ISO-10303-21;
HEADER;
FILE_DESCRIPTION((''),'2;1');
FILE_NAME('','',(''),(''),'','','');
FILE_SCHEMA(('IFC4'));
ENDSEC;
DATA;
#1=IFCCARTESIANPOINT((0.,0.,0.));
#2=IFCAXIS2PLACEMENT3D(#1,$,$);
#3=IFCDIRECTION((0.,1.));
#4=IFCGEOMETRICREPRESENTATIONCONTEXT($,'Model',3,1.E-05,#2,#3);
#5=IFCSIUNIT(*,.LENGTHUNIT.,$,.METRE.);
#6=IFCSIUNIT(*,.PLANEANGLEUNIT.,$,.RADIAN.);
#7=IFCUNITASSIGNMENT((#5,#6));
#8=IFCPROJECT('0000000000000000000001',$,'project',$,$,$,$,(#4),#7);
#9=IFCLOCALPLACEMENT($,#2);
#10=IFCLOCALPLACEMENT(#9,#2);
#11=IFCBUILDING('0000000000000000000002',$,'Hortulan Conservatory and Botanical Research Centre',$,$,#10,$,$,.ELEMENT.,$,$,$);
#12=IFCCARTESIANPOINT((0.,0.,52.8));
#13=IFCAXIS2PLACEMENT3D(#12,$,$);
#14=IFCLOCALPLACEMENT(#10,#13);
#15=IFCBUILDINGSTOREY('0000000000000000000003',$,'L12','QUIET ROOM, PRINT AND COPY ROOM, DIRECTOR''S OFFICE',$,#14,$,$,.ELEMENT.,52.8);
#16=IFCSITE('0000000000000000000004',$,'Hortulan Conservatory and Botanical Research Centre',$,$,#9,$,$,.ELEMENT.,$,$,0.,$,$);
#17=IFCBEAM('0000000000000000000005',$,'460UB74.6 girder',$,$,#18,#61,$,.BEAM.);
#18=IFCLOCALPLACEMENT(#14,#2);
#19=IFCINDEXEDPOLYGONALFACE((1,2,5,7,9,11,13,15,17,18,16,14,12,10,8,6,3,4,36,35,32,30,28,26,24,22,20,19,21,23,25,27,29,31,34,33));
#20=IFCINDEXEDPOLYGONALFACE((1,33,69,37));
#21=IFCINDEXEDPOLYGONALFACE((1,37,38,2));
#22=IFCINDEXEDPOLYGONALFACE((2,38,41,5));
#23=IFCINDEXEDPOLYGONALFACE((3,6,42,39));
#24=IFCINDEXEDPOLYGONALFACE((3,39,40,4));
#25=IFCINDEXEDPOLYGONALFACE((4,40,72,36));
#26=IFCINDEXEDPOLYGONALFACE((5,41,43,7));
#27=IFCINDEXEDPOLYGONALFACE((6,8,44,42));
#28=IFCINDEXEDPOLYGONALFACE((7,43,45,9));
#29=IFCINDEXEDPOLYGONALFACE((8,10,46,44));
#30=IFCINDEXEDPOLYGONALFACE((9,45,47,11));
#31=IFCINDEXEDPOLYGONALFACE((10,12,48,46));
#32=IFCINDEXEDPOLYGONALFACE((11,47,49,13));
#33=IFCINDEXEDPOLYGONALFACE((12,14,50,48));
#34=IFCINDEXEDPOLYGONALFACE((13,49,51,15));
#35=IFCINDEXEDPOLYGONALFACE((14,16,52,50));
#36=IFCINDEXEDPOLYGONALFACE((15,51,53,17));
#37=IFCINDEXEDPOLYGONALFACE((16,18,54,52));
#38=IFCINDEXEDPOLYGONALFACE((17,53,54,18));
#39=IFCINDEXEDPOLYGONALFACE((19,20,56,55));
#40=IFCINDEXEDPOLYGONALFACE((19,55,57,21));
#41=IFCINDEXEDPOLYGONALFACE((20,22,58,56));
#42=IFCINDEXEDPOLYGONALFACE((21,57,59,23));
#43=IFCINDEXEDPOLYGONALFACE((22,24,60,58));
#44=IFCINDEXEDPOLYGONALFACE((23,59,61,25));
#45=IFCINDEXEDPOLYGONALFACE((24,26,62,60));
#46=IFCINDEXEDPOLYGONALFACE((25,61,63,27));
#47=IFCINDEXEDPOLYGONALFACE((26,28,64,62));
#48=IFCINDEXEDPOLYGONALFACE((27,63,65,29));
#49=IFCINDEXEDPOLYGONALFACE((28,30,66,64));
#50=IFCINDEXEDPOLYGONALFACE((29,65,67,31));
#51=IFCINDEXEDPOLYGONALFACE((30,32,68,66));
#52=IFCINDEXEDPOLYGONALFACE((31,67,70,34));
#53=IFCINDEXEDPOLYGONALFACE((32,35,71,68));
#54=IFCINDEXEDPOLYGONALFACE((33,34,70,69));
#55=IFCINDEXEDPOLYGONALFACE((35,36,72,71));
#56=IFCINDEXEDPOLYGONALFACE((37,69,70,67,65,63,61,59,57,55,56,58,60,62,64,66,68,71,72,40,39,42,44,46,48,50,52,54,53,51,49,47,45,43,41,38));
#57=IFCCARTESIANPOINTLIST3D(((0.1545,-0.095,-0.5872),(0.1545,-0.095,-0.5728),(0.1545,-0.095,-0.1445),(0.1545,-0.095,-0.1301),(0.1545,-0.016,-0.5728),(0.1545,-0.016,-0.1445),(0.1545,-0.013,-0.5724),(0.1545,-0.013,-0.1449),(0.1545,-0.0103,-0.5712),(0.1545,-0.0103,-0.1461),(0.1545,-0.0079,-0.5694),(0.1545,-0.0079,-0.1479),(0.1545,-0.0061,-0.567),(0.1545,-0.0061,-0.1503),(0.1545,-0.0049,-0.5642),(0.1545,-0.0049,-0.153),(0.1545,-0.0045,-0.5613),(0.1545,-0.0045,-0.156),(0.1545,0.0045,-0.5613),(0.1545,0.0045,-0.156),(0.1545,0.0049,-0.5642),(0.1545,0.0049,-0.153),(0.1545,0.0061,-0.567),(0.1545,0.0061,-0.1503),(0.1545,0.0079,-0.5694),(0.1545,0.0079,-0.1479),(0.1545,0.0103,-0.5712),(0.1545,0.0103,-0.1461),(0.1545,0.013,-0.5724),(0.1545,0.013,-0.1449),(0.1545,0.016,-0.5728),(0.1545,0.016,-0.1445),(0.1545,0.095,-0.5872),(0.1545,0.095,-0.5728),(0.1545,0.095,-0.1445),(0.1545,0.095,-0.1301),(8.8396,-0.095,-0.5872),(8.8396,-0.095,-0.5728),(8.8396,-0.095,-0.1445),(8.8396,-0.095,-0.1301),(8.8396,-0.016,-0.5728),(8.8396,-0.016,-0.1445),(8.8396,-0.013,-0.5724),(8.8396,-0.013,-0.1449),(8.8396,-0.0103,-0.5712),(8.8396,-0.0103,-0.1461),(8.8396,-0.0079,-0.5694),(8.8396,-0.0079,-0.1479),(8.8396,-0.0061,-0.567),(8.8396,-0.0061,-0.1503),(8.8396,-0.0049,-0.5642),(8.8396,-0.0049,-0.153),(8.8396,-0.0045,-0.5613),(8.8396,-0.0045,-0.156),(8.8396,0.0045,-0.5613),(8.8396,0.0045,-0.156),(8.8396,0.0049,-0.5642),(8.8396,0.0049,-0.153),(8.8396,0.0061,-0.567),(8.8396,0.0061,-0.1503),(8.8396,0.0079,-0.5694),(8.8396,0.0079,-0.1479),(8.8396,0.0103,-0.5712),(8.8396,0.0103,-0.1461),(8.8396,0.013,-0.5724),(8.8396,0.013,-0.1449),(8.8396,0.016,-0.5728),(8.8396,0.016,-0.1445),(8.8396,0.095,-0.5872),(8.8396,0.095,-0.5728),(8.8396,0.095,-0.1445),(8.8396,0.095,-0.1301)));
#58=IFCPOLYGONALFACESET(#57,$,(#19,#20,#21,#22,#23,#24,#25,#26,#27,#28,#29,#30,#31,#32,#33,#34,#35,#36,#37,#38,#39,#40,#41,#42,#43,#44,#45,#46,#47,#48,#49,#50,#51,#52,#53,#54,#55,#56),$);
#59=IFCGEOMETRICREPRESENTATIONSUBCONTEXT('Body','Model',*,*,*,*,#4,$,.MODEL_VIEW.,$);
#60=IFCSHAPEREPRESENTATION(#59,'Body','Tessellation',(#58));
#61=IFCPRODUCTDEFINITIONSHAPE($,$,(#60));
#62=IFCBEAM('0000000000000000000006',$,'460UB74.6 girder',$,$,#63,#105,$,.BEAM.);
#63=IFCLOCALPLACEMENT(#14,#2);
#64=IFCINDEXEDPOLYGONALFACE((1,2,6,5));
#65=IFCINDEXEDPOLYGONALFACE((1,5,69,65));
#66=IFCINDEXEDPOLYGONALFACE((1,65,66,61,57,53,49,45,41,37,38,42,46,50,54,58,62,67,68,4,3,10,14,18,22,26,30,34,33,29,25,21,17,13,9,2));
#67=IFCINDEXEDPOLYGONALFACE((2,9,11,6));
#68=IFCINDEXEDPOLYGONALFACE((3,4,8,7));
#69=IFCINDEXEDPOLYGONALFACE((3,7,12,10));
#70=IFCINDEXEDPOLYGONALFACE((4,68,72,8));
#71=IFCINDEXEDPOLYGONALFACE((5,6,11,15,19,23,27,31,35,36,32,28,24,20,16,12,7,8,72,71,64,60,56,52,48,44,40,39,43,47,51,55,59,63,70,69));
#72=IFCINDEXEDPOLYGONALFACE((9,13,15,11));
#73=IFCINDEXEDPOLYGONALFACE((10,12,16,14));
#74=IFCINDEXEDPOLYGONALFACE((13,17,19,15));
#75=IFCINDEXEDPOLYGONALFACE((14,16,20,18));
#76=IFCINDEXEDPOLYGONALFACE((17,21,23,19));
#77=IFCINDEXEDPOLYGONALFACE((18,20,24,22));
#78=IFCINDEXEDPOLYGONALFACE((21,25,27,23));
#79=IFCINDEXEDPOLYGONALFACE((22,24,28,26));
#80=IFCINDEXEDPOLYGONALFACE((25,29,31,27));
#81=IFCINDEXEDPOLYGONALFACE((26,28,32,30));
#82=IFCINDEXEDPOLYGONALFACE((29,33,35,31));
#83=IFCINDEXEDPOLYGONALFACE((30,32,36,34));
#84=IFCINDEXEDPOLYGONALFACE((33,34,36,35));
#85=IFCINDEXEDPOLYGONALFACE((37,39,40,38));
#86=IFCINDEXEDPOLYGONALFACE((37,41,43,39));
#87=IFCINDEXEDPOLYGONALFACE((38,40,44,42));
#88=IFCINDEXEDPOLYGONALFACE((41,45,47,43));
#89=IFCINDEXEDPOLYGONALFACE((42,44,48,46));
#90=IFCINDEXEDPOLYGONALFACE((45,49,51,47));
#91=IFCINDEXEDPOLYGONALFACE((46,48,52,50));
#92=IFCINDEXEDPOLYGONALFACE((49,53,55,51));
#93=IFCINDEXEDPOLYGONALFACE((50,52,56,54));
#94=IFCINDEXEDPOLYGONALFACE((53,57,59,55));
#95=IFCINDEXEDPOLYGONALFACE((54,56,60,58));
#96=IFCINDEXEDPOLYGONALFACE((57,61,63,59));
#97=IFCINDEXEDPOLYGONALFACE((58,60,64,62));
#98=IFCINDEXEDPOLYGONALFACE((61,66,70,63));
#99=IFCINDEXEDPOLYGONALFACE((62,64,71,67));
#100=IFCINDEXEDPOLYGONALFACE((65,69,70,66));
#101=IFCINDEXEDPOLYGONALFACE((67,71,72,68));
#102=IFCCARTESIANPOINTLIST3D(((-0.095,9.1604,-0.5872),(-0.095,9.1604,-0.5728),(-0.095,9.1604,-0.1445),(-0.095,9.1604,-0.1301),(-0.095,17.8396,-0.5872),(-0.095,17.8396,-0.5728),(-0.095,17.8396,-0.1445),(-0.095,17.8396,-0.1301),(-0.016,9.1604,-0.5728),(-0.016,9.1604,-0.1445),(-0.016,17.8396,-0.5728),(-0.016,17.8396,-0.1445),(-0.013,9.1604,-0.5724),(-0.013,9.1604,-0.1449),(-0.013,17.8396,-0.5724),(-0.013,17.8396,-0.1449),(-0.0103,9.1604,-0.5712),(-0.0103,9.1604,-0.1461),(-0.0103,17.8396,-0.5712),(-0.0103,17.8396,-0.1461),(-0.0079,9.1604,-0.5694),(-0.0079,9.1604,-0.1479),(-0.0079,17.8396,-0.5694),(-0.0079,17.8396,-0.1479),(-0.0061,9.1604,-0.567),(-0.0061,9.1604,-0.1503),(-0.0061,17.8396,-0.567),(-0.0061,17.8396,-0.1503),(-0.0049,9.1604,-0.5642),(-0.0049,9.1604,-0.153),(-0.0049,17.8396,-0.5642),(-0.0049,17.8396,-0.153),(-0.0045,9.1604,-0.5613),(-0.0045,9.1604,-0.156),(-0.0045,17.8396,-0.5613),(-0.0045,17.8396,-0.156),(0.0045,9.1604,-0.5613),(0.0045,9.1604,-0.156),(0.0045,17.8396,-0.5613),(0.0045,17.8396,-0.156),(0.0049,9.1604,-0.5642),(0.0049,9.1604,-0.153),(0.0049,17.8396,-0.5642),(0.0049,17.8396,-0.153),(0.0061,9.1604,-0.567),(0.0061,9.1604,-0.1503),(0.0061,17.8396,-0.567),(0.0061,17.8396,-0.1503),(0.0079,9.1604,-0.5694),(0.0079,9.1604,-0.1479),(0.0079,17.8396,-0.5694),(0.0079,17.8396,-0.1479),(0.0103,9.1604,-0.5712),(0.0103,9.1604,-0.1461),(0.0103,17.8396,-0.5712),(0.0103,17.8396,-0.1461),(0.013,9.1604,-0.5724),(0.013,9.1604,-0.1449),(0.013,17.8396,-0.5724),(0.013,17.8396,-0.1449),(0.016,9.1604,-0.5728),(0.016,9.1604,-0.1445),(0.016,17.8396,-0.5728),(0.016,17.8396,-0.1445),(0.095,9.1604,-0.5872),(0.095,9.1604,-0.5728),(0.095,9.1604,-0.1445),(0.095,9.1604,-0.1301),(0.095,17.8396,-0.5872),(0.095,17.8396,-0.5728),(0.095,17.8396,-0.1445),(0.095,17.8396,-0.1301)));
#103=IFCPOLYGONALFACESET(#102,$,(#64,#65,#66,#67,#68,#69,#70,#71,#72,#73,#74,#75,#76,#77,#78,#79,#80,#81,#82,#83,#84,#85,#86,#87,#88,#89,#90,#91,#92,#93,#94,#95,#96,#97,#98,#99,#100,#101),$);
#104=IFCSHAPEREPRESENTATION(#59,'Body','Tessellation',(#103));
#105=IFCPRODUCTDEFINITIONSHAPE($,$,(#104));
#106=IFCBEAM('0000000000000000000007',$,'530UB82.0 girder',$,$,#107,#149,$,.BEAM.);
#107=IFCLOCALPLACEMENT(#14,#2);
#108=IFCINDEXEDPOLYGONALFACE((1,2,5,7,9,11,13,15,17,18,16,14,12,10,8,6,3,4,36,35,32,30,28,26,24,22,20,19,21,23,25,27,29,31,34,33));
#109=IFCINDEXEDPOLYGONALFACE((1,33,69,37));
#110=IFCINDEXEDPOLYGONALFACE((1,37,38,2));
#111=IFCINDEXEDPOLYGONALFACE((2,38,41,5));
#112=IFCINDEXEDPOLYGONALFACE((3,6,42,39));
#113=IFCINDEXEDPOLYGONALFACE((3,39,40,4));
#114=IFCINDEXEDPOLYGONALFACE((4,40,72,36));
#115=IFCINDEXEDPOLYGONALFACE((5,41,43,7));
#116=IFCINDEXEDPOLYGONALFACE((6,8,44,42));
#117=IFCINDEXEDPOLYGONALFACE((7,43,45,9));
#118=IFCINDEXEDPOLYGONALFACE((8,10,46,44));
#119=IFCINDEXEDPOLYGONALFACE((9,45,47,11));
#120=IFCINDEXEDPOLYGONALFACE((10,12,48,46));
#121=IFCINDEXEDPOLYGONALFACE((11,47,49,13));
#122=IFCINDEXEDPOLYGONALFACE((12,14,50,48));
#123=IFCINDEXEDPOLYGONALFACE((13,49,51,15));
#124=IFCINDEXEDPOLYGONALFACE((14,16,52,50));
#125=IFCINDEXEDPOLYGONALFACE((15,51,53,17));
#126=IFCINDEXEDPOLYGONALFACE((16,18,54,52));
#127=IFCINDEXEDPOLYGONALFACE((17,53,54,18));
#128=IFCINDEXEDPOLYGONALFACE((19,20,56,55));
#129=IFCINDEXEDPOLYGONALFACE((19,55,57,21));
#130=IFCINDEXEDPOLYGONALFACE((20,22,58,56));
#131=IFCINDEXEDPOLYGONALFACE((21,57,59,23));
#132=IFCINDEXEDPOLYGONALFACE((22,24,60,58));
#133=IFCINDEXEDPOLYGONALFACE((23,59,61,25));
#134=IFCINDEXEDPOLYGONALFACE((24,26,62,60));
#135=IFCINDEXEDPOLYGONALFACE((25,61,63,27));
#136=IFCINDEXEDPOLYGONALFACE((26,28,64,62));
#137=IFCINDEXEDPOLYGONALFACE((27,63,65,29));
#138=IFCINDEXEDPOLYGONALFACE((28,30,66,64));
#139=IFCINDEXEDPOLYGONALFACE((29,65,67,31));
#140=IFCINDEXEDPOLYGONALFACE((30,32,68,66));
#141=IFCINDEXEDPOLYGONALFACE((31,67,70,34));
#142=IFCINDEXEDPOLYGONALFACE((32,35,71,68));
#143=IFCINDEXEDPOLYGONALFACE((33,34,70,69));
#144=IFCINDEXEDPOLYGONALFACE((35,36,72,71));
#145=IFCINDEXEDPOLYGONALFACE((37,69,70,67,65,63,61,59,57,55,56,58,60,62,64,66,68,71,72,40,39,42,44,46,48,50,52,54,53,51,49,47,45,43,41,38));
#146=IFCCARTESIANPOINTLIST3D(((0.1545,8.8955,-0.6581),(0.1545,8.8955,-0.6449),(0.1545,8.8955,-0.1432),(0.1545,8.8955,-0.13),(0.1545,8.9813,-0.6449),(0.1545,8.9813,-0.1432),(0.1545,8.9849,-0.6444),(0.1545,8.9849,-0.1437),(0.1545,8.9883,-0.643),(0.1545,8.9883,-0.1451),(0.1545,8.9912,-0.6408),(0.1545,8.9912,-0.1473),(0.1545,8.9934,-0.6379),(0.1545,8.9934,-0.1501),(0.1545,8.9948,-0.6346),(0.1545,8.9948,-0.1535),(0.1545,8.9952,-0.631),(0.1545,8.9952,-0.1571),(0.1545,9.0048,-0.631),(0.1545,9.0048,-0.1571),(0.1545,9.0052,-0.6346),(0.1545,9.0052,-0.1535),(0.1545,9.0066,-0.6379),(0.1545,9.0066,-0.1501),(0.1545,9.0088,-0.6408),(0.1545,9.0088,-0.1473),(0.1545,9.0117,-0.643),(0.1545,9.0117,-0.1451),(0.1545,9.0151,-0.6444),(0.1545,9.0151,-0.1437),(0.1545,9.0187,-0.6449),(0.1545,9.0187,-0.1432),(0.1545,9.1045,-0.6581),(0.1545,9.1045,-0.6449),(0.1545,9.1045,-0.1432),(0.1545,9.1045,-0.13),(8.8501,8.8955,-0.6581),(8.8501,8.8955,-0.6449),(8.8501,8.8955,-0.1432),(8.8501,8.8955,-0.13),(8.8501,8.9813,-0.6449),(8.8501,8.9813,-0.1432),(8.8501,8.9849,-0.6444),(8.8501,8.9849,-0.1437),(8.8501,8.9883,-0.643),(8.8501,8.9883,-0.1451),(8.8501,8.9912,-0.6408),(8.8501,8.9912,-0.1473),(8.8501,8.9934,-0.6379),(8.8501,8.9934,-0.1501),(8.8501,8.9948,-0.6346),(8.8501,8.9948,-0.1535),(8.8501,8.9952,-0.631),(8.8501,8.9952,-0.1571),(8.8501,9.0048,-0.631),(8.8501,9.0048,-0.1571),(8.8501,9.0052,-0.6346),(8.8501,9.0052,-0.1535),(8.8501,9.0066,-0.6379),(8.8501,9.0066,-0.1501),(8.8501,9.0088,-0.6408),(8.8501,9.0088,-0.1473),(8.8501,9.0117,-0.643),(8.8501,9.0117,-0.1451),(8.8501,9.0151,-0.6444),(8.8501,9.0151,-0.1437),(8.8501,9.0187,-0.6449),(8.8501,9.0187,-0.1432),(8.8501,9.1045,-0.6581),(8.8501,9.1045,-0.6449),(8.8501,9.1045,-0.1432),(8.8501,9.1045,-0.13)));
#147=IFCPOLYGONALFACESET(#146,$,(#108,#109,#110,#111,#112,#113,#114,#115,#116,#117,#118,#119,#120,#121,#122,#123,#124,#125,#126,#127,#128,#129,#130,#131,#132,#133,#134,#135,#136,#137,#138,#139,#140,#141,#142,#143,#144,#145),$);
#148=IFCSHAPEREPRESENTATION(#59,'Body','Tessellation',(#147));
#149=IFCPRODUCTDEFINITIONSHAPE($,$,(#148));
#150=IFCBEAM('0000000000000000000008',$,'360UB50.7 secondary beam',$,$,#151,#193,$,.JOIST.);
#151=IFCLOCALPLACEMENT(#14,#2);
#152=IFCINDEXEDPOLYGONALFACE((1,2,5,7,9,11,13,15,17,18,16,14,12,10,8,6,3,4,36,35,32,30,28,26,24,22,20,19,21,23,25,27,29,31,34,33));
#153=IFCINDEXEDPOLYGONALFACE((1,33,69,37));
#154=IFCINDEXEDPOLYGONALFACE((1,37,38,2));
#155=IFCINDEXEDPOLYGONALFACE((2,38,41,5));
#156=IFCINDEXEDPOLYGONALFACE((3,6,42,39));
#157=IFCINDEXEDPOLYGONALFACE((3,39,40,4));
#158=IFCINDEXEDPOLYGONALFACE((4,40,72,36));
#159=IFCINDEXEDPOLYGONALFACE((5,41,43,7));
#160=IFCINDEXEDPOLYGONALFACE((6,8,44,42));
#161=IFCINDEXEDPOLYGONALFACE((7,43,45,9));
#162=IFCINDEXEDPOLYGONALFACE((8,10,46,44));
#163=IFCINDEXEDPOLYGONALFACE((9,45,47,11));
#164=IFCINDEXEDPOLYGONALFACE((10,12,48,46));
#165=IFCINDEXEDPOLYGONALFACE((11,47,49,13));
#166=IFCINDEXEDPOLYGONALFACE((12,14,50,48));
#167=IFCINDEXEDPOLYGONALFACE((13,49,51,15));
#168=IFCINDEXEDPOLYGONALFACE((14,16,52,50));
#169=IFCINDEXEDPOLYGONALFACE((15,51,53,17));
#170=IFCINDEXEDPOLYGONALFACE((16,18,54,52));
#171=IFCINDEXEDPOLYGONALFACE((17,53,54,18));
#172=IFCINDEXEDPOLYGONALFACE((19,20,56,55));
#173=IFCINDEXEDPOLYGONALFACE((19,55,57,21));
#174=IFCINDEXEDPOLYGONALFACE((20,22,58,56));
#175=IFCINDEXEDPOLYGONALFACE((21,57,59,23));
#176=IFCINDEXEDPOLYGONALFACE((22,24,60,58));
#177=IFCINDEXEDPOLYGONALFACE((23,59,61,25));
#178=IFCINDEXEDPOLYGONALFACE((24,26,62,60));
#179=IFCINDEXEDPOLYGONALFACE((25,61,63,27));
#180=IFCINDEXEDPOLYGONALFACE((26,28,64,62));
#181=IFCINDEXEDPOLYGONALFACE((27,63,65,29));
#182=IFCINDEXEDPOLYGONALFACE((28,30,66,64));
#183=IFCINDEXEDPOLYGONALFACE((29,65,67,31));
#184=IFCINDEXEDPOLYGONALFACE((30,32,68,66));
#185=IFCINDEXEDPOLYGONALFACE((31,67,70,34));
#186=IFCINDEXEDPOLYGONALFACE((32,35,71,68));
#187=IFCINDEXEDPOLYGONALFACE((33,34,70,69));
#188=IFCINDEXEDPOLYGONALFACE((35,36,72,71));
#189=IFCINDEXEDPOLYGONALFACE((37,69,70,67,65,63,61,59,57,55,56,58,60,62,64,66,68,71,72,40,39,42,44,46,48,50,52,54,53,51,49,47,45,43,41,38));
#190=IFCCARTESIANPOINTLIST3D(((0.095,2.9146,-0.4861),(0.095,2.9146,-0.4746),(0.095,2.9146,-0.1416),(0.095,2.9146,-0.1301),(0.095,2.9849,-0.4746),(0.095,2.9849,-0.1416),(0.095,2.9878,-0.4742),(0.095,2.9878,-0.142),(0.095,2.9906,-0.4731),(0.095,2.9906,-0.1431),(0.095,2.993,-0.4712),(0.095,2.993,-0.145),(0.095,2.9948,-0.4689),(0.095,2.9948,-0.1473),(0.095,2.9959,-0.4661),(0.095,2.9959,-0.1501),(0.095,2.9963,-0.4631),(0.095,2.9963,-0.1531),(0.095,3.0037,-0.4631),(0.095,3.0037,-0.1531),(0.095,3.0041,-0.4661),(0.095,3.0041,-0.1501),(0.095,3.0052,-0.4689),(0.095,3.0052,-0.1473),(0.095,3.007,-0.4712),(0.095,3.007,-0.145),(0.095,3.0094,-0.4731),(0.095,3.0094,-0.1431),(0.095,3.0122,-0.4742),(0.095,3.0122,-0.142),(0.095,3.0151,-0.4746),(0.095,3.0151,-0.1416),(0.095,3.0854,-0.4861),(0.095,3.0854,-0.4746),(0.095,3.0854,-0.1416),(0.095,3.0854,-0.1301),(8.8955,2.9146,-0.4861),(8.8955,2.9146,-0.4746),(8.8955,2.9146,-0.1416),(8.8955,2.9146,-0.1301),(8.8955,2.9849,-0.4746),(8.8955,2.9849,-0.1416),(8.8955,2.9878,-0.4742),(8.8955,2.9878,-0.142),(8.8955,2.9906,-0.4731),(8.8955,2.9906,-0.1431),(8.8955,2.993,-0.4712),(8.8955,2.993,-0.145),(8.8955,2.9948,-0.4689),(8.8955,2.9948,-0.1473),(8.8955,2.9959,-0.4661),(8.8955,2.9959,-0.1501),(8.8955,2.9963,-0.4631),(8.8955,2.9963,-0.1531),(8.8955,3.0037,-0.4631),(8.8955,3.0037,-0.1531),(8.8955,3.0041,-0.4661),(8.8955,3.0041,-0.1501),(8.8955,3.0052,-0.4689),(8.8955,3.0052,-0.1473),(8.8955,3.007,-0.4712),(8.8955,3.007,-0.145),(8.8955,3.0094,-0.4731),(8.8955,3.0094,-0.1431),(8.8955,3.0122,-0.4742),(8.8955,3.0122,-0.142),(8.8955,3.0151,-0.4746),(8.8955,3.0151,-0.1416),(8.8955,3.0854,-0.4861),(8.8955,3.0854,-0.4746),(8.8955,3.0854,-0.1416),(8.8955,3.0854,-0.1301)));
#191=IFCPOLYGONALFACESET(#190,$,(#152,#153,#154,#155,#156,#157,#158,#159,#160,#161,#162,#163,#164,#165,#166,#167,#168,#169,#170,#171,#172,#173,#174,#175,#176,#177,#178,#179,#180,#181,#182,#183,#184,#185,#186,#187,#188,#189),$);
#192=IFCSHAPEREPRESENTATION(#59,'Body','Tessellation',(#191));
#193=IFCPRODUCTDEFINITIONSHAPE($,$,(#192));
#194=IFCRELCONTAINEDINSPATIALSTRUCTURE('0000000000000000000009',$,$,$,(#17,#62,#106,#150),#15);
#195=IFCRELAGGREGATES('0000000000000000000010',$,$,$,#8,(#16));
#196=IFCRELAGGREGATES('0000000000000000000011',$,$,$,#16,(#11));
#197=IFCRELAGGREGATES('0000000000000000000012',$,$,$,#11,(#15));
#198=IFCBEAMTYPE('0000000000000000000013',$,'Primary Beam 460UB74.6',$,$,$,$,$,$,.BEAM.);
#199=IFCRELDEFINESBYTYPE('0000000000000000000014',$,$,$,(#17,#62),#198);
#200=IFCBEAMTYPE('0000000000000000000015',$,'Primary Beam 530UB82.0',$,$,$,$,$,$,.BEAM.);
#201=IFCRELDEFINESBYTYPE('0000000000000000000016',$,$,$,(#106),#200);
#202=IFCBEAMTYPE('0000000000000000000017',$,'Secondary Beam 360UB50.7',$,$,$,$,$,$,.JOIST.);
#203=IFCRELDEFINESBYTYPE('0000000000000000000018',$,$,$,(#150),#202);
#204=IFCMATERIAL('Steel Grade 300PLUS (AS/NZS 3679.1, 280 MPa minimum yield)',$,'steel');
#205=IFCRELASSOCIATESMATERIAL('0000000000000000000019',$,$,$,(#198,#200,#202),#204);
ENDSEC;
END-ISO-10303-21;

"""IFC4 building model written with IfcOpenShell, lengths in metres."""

from ifc_helpers import new_model, si_unit, direction, frame, origin, origin_2d, place, context, subcontext, project, spatial, i_section, extrude, material, material_profile, profile_set, type_object, element, save


model = new_model("IFC4")

# Units and contexts
model_context = context("Model", 3, precision=1e-05, world=origin(), true_north=direction((0.0, 1.0)))
body_context = subcontext(model_context, "Body", "Model", "MODEL_VIEW")
ifc_project = project(units=[si_unit("LENGTHUNIT", "METRE"), si_unit("PLANEANGLEUNIT", "RADIAN")], contexts=[model_context])

# Site, building, storey
site_placement = place(None, origin())
site = spatial("IfcSite", under=ifc_project, at=site_placement, Name="Hortulan Conservatory and Botanical Research Centre", CompositionType="ELEMENT", RefElevation=0.0)
building_placement = place(site_placement, origin())
building = spatial("IfcBuilding", under=site, at=building_placement, Name="Hortulan Conservatory and Botanical Research Centre", CompositionType="ELEMENT")
storey_placement = place(building_placement, frame((0.0, 0.0, 52.8)))
storey = spatial("IfcBuildingStorey", under=building, at=storey_placement, Name="L12", Description="QUIET ROOM, PRINT AND COPY ROOM, DIRECTOR'S OFFICE", CompositionType="ELEMENT", Elevation=52.8)

# Shared definitions
ifc_material_1 = material(Name="Steel Grade 300PLUS (AS/NZS 3679.1, 280 MPa minimum yield)", Category="steel")

# Beams
ifc_material_profile_1 = material_profile(ifc_material_1, i_section(OverallWidth=0.1899, OverallDepth=0.457, WebThickness=0.009, FlangeThickness=0.0144, FilletRadius=0.0115, at=origin_2d()), Name="460UB74.6")
ifc_profile_set_1 = profile_set([ifc_material_profile_1], Name="Steel Grade 300PLUS (AS/NZS 3679.1, 280 MPa minimum yield)")
beam_type_1 = type_object("IfcBeamType", Name="Primary Beam 460UB74.6", PredefinedType="BEAM", material=ifc_profile_set_1)
beam_1_placement = place(storey_placement, frame((0.1545, 0.0, -0.3586), z_axis=(1.0, 0.0, 0.0), x_axis=(0.0, 1.0, 0.0)))
element("IfcBeam", 1, at=beam_1_placement, inside=storey, type_object=beam_type_1, Name="460UB74.6 girder", PredefinedType="BEAM", context=body_context, shape_type="SweptSolid", body=[
    extrude(i_section(OverallWidth=0.1899, OverallDepth=0.457, WebThickness=0.009, FlangeThickness=0.0144, FilletRadius=0.0115, at=origin_2d()), origin(), (0.0, 0.0, 1.0), 8.6851),
])
beam_2_placement = place(storey_placement, frame((0.0, 9.1604, -0.3586), z_axis=(0.0, 1.0, 0.0), x_axis=(-1.0, 0.0, 0.0)))
element("IfcBeam", 2, at=beam_2_placement, inside=storey, type_object=beam_type_1, Name="460UB74.6 girder", PredefinedType="BEAM", context=body_context, shape_type="SweptSolid", body=[
    extrude(i_section(OverallWidth=0.1899, OverallDepth=0.457, WebThickness=0.009, FlangeThickness=0.0144, FilletRadius=0.0115, at=origin_2d()), origin(), (0.0, 0.0, 1.0), 8.6792),
])
ifc_material_profile_2 = material_profile(ifc_material_1, i_section(OverallWidth=0.209, OverallDepth=0.5281, WebThickness=0.0095, FlangeThickness=0.0132, FilletRadius=0.0139, at=origin_2d()), Name="530UB82.0")
ifc_profile_set_2 = profile_set([ifc_material_profile_2], Name="Steel Grade 300PLUS (AS/NZS 3679.1, 280 MPa minimum yield)")
beam_type_2 = type_object("IfcBeamType", Name="Primary Beam 530UB82.0", PredefinedType="BEAM", material=ifc_profile_set_2)
beam_3_placement = place(storey_placement, frame((0.1545, 9.0, -0.394), z_axis=(1.0, 0.0, 0.0), x_axis=(0.0, 1.0, 0.0)))
element("IfcBeam", 3, at=beam_3_placement, inside=storey, type_object=beam_type_2, Name="530UB82.0 girder", PredefinedType="BEAM", context=body_context, shape_type="SweptSolid", body=[
    extrude(i_section(OverallWidth=0.209, OverallDepth=0.5281, WebThickness=0.0095, FlangeThickness=0.0132, FilletRadius=0.0139, at=origin_2d()), origin(), (0.0, 0.0, 1.0), 8.6956),
])
ifc_material_profile_3 = material_profile(ifc_material_1, i_section(OverallWidth=0.1709, OverallDepth=0.356, WebThickness=0.0073, FlangeThickness=0.0115, FilletRadius=0.0115, at=origin_2d()), Name="360UB50.7")
ifc_profile_set_3 = profile_set([ifc_material_profile_3], Name="Steel Grade 300PLUS (AS/NZS 3679.1, 280 MPa minimum yield)")
beam_type_3 = type_object("IfcBeamType", Name="Secondary Beam 360UB50.7", PredefinedType="JOIST", material=ifc_profile_set_3)
for number, where, z_axis, x_axis, name in (
    (4, (0.095, 3.0, -0.3081), (1.0, 0.0, 0.0), (0.0, 1.0, 0.0), "360UB50.7 secondary beam"),
):
    element("IfcBeam", number, at=place(storey_placement, frame(where, z_axis=z_axis, x_axis=x_axis)), inside=storey, type_object=beam_type_3, Name=name, PredefinedType="JOIST", context=body_context, shape_type="SweptSolid", body=[
        extrude(i_section(OverallWidth=0.1709, OverallDepth=0.356, WebThickness=0.0073, FlangeThickness=0.0115, FilletRadius=0.0115, at=origin_2d()), origin(), (0.0, 0.0, 1.0), 8.8005),
    ])

save(model, "model.ifc")
